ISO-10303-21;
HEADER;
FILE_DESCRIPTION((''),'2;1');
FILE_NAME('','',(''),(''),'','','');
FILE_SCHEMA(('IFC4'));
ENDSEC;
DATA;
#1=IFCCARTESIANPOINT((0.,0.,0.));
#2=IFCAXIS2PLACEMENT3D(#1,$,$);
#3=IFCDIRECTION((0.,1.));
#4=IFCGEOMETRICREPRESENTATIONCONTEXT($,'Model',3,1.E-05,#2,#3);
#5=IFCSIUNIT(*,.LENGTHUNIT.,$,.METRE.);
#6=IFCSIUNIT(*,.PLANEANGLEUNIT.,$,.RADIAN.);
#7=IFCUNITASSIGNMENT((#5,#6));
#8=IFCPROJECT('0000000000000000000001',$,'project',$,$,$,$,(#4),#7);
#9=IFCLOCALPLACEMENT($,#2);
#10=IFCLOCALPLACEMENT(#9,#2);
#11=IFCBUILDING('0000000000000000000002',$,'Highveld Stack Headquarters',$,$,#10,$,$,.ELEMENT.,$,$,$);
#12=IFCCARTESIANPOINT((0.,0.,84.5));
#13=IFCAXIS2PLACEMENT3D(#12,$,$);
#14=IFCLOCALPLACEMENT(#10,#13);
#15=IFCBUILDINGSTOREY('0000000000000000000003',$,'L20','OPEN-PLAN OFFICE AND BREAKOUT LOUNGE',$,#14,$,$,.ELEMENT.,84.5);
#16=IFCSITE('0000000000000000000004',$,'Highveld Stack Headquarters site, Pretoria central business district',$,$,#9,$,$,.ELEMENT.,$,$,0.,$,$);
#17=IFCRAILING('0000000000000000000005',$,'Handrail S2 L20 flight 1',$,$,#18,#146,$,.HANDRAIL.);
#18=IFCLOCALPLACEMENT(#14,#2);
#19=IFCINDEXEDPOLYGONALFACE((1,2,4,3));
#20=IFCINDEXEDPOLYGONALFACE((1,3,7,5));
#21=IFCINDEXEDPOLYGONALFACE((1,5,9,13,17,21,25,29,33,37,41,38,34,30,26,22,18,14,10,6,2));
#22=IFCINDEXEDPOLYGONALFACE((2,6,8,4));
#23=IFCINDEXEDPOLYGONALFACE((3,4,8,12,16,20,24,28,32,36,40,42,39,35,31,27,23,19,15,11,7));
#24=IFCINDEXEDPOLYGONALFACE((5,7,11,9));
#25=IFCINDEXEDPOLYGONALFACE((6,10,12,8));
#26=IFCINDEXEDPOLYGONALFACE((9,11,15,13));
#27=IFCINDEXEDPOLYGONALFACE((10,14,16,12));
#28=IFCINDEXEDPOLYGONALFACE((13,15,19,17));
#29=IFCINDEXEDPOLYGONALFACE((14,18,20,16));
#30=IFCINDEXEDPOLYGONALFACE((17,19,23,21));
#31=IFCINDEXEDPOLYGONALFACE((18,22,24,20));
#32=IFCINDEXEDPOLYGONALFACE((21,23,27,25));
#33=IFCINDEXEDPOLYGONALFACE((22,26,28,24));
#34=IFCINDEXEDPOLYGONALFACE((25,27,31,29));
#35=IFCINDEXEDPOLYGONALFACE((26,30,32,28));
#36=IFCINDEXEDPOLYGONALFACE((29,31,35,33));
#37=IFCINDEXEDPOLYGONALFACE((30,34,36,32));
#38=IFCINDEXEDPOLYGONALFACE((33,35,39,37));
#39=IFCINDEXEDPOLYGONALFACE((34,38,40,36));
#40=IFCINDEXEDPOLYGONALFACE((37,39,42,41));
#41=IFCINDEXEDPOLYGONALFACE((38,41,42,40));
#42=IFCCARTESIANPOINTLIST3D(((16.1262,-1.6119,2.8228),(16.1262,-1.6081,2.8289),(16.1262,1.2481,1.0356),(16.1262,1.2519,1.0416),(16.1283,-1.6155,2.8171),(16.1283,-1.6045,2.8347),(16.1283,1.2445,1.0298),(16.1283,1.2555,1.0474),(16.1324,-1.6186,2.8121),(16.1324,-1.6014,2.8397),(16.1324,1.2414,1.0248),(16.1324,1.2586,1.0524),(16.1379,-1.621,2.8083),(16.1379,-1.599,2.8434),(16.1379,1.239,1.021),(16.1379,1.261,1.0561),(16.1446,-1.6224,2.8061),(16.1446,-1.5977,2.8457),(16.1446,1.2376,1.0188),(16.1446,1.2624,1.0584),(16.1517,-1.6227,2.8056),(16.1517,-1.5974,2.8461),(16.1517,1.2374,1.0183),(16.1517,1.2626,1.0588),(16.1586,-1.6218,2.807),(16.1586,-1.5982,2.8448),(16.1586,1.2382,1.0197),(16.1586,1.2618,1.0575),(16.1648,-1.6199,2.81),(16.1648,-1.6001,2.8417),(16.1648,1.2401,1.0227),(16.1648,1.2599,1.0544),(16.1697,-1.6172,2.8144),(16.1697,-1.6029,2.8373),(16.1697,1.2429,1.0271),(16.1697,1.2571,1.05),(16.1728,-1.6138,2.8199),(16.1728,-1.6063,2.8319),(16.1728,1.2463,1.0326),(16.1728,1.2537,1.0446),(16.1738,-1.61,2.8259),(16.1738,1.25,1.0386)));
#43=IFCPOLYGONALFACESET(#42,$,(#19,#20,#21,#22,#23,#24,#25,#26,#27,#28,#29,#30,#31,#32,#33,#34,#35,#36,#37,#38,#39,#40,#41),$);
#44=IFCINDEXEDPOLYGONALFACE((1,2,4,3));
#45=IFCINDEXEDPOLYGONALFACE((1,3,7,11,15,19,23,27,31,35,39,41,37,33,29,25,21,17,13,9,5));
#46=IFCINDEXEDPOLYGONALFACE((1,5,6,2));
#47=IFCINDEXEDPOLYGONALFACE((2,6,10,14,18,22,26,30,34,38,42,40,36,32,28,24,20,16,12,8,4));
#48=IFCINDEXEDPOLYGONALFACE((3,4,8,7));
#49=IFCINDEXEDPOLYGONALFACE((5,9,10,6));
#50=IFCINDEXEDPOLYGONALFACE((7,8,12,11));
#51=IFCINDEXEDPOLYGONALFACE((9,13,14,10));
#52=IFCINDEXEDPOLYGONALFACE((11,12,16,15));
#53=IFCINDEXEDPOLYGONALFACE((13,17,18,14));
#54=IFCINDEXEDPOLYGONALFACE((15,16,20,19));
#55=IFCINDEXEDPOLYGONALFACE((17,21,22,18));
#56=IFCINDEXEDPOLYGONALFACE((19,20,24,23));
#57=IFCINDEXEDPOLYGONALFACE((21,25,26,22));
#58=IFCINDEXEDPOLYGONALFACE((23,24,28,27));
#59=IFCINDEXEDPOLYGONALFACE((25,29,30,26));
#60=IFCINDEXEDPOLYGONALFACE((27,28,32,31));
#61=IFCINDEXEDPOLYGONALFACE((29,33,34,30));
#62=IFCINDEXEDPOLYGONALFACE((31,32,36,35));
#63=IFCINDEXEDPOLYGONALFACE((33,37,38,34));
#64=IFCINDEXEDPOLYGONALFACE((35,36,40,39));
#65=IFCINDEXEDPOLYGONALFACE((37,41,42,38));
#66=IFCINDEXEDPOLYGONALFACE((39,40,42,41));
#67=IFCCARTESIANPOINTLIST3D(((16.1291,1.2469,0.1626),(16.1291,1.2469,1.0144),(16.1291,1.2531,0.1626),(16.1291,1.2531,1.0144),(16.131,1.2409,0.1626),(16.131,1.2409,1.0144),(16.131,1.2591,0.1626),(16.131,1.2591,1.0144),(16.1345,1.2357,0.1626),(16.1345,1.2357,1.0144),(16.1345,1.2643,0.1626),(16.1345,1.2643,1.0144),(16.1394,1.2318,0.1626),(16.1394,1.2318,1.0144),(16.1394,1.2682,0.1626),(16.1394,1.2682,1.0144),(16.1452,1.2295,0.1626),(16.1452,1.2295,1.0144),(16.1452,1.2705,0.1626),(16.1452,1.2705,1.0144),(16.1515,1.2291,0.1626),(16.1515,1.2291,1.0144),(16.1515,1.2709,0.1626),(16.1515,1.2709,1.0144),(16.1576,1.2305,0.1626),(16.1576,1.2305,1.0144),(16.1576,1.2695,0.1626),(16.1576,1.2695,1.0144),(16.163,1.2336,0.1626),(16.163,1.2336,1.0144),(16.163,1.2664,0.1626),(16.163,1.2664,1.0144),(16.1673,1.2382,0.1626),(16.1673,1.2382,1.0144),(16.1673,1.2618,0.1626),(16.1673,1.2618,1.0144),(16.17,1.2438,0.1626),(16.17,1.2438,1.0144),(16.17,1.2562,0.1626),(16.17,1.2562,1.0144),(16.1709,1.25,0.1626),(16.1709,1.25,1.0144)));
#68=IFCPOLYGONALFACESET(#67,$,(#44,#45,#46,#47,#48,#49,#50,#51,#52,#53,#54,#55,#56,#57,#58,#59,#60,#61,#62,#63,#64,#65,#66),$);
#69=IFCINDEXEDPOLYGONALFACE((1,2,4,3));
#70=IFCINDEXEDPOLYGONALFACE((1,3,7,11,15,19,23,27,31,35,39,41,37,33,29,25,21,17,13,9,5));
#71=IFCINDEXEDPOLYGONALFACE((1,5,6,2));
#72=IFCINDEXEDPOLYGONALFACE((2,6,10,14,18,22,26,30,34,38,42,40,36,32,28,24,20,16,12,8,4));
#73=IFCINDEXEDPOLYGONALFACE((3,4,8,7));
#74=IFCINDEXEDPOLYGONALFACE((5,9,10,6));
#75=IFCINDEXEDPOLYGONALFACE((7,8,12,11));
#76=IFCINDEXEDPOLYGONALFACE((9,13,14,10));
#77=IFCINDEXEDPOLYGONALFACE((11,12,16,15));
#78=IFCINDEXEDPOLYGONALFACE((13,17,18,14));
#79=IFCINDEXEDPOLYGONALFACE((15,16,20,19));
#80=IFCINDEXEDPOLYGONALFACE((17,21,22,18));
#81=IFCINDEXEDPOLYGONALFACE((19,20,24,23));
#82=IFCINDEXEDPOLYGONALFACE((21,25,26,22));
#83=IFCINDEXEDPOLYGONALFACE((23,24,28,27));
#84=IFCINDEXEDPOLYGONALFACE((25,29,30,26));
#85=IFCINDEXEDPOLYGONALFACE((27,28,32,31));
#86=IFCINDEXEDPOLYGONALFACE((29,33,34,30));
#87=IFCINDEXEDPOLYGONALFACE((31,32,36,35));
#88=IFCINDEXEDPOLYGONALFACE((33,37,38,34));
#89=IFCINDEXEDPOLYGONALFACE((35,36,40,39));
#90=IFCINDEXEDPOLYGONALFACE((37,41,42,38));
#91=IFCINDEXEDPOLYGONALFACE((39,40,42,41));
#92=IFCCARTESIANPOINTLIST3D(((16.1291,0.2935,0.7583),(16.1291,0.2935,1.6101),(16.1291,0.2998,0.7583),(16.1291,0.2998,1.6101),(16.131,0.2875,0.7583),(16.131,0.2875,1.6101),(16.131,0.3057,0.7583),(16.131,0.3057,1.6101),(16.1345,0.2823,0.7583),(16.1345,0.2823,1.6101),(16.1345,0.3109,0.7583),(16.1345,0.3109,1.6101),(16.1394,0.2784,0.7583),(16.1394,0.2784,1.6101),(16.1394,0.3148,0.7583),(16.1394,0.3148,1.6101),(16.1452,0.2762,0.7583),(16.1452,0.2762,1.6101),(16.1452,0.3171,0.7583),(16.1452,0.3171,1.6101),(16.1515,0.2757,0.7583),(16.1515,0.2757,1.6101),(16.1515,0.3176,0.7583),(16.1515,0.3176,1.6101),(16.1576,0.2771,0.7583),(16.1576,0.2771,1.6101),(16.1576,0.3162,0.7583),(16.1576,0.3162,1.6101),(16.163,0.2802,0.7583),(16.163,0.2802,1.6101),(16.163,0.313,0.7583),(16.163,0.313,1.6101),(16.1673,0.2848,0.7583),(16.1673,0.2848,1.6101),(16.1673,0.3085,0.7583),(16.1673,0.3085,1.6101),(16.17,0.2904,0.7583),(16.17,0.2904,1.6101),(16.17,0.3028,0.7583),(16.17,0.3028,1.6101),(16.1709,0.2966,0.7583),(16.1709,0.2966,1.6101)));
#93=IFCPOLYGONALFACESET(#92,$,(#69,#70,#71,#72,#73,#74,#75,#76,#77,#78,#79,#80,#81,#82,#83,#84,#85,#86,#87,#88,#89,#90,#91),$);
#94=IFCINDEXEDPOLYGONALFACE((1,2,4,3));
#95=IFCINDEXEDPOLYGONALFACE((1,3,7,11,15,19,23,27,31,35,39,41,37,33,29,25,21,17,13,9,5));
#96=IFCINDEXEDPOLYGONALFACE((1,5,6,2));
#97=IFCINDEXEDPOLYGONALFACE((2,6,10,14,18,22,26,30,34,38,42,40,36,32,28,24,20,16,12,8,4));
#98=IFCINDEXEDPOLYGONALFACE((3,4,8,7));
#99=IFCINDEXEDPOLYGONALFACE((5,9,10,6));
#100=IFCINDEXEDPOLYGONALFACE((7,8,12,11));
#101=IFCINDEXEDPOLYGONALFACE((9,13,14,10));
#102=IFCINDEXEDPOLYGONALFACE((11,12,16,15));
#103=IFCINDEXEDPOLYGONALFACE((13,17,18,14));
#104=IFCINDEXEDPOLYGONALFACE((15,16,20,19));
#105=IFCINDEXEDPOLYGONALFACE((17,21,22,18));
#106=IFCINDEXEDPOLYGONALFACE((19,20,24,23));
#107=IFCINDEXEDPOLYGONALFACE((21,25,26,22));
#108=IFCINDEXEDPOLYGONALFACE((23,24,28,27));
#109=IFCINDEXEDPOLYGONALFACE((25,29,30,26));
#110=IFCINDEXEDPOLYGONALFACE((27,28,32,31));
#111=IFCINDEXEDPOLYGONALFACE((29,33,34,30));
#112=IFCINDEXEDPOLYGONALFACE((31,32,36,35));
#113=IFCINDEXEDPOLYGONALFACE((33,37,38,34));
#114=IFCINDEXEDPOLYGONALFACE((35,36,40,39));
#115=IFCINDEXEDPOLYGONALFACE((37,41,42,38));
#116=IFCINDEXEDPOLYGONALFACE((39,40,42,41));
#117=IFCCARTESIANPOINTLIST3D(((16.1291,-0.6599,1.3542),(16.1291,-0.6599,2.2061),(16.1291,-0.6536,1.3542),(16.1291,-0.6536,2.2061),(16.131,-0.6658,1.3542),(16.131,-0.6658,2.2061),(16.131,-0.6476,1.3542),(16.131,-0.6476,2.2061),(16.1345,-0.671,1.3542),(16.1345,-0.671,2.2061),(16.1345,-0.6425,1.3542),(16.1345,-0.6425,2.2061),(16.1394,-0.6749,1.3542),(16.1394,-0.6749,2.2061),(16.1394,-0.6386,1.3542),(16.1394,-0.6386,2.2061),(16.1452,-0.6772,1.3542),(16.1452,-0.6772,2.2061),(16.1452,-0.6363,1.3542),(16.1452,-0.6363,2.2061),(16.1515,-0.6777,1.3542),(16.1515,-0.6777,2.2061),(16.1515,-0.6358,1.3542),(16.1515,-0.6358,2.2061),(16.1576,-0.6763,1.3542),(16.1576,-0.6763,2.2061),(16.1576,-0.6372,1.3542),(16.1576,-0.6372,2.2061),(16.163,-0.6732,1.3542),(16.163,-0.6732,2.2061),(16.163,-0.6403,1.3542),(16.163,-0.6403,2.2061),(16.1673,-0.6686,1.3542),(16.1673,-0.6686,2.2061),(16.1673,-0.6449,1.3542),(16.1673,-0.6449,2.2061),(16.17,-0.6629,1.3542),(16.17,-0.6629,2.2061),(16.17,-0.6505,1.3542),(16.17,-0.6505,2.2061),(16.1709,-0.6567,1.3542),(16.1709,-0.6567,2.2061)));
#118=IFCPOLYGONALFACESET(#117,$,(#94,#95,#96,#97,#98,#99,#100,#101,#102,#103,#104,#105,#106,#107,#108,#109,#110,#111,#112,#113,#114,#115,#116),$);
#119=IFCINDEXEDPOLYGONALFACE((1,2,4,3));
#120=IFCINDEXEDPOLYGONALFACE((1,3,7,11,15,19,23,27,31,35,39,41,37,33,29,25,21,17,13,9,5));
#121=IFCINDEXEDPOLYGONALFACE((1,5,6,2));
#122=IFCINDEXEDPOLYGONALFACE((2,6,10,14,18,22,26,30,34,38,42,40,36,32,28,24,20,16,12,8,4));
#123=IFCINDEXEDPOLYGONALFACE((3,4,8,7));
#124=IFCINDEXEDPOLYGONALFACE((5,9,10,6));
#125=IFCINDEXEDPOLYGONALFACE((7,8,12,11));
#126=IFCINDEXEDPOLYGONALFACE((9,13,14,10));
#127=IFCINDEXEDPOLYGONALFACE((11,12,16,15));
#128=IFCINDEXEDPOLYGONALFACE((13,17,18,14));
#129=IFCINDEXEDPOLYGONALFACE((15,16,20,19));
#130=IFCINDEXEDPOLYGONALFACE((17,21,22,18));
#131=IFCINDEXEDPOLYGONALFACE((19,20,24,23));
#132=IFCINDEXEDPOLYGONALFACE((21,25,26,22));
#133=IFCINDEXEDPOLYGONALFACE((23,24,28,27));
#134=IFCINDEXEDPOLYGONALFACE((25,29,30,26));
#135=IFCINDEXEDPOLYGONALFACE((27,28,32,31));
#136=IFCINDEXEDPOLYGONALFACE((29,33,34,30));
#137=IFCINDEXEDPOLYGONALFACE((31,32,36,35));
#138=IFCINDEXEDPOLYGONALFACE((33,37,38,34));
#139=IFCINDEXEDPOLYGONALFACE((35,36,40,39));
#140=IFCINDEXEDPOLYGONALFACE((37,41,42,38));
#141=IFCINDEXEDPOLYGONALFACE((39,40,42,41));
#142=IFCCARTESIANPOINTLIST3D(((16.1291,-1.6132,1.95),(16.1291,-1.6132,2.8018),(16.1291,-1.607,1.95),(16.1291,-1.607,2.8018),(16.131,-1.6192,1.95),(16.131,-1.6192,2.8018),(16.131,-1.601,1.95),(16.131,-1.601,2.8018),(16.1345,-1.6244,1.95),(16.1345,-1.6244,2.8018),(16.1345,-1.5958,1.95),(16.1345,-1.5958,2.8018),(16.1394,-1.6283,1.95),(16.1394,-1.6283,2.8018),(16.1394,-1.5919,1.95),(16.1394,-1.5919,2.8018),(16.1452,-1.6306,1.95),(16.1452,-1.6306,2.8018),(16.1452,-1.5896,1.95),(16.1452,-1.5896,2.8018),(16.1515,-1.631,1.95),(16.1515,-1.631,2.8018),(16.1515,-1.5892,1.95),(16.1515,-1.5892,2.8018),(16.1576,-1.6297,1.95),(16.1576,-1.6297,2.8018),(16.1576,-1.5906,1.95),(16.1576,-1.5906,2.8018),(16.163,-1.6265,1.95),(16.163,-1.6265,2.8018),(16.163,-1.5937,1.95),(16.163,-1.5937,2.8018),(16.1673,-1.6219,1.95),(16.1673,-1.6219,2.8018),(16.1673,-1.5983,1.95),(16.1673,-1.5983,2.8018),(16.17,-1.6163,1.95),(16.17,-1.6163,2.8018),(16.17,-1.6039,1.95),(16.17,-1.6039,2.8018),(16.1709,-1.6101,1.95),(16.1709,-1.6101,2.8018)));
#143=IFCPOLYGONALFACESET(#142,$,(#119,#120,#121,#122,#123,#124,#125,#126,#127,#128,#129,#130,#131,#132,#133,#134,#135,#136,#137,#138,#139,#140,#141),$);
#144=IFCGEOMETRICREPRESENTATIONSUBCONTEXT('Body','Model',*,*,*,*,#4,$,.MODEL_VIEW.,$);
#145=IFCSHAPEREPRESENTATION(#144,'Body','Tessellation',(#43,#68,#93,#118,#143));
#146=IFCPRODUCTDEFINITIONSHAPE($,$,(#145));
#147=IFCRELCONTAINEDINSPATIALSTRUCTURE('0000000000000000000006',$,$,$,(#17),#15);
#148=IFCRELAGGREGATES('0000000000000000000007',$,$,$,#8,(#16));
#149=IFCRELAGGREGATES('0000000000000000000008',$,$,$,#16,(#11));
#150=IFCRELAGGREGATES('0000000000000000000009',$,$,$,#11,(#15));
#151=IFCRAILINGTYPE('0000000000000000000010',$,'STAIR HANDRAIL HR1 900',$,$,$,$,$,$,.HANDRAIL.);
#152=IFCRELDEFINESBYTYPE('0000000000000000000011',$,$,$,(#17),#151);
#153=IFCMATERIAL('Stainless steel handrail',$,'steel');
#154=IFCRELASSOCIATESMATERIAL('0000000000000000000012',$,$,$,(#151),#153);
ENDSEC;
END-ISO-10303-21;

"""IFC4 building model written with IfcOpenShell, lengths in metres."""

from ifc_helpers import new_model, si_unit, direction, frame, origin, origin_2d, place, context, subcontext, project, spatial, circle, extrude, material, type_object, element, save


model = new_model("IFC4")

# Units and contexts
model_context = context("Model", 3, precision=1e-05, world=origin(), true_north=direction((0.0, 1.0)))
body_context = subcontext(model_context, "Body", "Model", "MODEL_VIEW")
ifc_project = project(units=[si_unit("LENGTHUNIT", "METRE"), si_unit("PLANEANGLEUNIT", "RADIAN")], contexts=[model_context])

# Site, building, storey
site_placement = place(None, origin())
site = spatial("IfcSite", under=ifc_project, at=site_placement, Name="Highveld Stack Headquarters site, Pretoria central business district", CompositionType="ELEMENT", RefElevation=0.0)
building_placement = place(site_placement, origin())
building = spatial("IfcBuilding", under=site, at=building_placement, Name="Highveld Stack Headquarters", CompositionType="ELEMENT")
storey_placement = place(building_placement, frame((0.0, 0.0, 84.5)))
storey = spatial("IfcBuildingStorey", under=building, at=storey_placement, Name="L20", Description="OPEN-PLAN OFFICE AND BREAKOUT LOUNGE", CompositionType="ELEMENT", Elevation=84.5)

# Railing
ifc_material_1 = material(Name="Stainless steel handrail", Category="steel")
railing_type = type_object("IfcRailingType", Name="STAIR HANDRAIL HR1 900", PredefinedType="HANDRAIL", material=ifc_material_1)
for number, where, name in (
    (1, (16.1499, 1.25, 0.1626), "Handrail S2 L20 flight 1"),
):
    element("IfcRailing", number, at=place(storey_placement, frame(where)), inside=storey, type_object=railing_type, Name=name, PredefinedType="HANDRAIL", context=body_context, shape_type="SweptSolid", body=[
        extrude(circle(Radius=0.0239, at=origin_2d()), frame((0.0, 0.0, 0.876), z_axis=(0.0, -0.848027, 0.529953), x_axis=(1.0, 0.0, 0.0)), (0.0, 0.0, 1.0), 3.3726),
        extrude(circle(Radius=0.021, at=origin_2d()), origin(), (0.0, 0.0, 1.0), 0.8518),
        extrude(circle(Radius=0.021, at=origin_2d()), frame((0.0, -0.9534, 0.5957)), (0.0, 0.0, 1.0), 0.8518),
        extrude(circle(Radius=0.021, at=origin_2d()), frame((0.0, -1.9067, 1.1917)), (0.0, 0.0, 1.0), 0.8518),
        extrude(circle(Radius=0.021, at=origin_2d()), frame((0.0, -2.8601, 1.7874)), (0.0, 0.0, 1.0), 0.8518),
    ])

save(model, "model.ifc")
